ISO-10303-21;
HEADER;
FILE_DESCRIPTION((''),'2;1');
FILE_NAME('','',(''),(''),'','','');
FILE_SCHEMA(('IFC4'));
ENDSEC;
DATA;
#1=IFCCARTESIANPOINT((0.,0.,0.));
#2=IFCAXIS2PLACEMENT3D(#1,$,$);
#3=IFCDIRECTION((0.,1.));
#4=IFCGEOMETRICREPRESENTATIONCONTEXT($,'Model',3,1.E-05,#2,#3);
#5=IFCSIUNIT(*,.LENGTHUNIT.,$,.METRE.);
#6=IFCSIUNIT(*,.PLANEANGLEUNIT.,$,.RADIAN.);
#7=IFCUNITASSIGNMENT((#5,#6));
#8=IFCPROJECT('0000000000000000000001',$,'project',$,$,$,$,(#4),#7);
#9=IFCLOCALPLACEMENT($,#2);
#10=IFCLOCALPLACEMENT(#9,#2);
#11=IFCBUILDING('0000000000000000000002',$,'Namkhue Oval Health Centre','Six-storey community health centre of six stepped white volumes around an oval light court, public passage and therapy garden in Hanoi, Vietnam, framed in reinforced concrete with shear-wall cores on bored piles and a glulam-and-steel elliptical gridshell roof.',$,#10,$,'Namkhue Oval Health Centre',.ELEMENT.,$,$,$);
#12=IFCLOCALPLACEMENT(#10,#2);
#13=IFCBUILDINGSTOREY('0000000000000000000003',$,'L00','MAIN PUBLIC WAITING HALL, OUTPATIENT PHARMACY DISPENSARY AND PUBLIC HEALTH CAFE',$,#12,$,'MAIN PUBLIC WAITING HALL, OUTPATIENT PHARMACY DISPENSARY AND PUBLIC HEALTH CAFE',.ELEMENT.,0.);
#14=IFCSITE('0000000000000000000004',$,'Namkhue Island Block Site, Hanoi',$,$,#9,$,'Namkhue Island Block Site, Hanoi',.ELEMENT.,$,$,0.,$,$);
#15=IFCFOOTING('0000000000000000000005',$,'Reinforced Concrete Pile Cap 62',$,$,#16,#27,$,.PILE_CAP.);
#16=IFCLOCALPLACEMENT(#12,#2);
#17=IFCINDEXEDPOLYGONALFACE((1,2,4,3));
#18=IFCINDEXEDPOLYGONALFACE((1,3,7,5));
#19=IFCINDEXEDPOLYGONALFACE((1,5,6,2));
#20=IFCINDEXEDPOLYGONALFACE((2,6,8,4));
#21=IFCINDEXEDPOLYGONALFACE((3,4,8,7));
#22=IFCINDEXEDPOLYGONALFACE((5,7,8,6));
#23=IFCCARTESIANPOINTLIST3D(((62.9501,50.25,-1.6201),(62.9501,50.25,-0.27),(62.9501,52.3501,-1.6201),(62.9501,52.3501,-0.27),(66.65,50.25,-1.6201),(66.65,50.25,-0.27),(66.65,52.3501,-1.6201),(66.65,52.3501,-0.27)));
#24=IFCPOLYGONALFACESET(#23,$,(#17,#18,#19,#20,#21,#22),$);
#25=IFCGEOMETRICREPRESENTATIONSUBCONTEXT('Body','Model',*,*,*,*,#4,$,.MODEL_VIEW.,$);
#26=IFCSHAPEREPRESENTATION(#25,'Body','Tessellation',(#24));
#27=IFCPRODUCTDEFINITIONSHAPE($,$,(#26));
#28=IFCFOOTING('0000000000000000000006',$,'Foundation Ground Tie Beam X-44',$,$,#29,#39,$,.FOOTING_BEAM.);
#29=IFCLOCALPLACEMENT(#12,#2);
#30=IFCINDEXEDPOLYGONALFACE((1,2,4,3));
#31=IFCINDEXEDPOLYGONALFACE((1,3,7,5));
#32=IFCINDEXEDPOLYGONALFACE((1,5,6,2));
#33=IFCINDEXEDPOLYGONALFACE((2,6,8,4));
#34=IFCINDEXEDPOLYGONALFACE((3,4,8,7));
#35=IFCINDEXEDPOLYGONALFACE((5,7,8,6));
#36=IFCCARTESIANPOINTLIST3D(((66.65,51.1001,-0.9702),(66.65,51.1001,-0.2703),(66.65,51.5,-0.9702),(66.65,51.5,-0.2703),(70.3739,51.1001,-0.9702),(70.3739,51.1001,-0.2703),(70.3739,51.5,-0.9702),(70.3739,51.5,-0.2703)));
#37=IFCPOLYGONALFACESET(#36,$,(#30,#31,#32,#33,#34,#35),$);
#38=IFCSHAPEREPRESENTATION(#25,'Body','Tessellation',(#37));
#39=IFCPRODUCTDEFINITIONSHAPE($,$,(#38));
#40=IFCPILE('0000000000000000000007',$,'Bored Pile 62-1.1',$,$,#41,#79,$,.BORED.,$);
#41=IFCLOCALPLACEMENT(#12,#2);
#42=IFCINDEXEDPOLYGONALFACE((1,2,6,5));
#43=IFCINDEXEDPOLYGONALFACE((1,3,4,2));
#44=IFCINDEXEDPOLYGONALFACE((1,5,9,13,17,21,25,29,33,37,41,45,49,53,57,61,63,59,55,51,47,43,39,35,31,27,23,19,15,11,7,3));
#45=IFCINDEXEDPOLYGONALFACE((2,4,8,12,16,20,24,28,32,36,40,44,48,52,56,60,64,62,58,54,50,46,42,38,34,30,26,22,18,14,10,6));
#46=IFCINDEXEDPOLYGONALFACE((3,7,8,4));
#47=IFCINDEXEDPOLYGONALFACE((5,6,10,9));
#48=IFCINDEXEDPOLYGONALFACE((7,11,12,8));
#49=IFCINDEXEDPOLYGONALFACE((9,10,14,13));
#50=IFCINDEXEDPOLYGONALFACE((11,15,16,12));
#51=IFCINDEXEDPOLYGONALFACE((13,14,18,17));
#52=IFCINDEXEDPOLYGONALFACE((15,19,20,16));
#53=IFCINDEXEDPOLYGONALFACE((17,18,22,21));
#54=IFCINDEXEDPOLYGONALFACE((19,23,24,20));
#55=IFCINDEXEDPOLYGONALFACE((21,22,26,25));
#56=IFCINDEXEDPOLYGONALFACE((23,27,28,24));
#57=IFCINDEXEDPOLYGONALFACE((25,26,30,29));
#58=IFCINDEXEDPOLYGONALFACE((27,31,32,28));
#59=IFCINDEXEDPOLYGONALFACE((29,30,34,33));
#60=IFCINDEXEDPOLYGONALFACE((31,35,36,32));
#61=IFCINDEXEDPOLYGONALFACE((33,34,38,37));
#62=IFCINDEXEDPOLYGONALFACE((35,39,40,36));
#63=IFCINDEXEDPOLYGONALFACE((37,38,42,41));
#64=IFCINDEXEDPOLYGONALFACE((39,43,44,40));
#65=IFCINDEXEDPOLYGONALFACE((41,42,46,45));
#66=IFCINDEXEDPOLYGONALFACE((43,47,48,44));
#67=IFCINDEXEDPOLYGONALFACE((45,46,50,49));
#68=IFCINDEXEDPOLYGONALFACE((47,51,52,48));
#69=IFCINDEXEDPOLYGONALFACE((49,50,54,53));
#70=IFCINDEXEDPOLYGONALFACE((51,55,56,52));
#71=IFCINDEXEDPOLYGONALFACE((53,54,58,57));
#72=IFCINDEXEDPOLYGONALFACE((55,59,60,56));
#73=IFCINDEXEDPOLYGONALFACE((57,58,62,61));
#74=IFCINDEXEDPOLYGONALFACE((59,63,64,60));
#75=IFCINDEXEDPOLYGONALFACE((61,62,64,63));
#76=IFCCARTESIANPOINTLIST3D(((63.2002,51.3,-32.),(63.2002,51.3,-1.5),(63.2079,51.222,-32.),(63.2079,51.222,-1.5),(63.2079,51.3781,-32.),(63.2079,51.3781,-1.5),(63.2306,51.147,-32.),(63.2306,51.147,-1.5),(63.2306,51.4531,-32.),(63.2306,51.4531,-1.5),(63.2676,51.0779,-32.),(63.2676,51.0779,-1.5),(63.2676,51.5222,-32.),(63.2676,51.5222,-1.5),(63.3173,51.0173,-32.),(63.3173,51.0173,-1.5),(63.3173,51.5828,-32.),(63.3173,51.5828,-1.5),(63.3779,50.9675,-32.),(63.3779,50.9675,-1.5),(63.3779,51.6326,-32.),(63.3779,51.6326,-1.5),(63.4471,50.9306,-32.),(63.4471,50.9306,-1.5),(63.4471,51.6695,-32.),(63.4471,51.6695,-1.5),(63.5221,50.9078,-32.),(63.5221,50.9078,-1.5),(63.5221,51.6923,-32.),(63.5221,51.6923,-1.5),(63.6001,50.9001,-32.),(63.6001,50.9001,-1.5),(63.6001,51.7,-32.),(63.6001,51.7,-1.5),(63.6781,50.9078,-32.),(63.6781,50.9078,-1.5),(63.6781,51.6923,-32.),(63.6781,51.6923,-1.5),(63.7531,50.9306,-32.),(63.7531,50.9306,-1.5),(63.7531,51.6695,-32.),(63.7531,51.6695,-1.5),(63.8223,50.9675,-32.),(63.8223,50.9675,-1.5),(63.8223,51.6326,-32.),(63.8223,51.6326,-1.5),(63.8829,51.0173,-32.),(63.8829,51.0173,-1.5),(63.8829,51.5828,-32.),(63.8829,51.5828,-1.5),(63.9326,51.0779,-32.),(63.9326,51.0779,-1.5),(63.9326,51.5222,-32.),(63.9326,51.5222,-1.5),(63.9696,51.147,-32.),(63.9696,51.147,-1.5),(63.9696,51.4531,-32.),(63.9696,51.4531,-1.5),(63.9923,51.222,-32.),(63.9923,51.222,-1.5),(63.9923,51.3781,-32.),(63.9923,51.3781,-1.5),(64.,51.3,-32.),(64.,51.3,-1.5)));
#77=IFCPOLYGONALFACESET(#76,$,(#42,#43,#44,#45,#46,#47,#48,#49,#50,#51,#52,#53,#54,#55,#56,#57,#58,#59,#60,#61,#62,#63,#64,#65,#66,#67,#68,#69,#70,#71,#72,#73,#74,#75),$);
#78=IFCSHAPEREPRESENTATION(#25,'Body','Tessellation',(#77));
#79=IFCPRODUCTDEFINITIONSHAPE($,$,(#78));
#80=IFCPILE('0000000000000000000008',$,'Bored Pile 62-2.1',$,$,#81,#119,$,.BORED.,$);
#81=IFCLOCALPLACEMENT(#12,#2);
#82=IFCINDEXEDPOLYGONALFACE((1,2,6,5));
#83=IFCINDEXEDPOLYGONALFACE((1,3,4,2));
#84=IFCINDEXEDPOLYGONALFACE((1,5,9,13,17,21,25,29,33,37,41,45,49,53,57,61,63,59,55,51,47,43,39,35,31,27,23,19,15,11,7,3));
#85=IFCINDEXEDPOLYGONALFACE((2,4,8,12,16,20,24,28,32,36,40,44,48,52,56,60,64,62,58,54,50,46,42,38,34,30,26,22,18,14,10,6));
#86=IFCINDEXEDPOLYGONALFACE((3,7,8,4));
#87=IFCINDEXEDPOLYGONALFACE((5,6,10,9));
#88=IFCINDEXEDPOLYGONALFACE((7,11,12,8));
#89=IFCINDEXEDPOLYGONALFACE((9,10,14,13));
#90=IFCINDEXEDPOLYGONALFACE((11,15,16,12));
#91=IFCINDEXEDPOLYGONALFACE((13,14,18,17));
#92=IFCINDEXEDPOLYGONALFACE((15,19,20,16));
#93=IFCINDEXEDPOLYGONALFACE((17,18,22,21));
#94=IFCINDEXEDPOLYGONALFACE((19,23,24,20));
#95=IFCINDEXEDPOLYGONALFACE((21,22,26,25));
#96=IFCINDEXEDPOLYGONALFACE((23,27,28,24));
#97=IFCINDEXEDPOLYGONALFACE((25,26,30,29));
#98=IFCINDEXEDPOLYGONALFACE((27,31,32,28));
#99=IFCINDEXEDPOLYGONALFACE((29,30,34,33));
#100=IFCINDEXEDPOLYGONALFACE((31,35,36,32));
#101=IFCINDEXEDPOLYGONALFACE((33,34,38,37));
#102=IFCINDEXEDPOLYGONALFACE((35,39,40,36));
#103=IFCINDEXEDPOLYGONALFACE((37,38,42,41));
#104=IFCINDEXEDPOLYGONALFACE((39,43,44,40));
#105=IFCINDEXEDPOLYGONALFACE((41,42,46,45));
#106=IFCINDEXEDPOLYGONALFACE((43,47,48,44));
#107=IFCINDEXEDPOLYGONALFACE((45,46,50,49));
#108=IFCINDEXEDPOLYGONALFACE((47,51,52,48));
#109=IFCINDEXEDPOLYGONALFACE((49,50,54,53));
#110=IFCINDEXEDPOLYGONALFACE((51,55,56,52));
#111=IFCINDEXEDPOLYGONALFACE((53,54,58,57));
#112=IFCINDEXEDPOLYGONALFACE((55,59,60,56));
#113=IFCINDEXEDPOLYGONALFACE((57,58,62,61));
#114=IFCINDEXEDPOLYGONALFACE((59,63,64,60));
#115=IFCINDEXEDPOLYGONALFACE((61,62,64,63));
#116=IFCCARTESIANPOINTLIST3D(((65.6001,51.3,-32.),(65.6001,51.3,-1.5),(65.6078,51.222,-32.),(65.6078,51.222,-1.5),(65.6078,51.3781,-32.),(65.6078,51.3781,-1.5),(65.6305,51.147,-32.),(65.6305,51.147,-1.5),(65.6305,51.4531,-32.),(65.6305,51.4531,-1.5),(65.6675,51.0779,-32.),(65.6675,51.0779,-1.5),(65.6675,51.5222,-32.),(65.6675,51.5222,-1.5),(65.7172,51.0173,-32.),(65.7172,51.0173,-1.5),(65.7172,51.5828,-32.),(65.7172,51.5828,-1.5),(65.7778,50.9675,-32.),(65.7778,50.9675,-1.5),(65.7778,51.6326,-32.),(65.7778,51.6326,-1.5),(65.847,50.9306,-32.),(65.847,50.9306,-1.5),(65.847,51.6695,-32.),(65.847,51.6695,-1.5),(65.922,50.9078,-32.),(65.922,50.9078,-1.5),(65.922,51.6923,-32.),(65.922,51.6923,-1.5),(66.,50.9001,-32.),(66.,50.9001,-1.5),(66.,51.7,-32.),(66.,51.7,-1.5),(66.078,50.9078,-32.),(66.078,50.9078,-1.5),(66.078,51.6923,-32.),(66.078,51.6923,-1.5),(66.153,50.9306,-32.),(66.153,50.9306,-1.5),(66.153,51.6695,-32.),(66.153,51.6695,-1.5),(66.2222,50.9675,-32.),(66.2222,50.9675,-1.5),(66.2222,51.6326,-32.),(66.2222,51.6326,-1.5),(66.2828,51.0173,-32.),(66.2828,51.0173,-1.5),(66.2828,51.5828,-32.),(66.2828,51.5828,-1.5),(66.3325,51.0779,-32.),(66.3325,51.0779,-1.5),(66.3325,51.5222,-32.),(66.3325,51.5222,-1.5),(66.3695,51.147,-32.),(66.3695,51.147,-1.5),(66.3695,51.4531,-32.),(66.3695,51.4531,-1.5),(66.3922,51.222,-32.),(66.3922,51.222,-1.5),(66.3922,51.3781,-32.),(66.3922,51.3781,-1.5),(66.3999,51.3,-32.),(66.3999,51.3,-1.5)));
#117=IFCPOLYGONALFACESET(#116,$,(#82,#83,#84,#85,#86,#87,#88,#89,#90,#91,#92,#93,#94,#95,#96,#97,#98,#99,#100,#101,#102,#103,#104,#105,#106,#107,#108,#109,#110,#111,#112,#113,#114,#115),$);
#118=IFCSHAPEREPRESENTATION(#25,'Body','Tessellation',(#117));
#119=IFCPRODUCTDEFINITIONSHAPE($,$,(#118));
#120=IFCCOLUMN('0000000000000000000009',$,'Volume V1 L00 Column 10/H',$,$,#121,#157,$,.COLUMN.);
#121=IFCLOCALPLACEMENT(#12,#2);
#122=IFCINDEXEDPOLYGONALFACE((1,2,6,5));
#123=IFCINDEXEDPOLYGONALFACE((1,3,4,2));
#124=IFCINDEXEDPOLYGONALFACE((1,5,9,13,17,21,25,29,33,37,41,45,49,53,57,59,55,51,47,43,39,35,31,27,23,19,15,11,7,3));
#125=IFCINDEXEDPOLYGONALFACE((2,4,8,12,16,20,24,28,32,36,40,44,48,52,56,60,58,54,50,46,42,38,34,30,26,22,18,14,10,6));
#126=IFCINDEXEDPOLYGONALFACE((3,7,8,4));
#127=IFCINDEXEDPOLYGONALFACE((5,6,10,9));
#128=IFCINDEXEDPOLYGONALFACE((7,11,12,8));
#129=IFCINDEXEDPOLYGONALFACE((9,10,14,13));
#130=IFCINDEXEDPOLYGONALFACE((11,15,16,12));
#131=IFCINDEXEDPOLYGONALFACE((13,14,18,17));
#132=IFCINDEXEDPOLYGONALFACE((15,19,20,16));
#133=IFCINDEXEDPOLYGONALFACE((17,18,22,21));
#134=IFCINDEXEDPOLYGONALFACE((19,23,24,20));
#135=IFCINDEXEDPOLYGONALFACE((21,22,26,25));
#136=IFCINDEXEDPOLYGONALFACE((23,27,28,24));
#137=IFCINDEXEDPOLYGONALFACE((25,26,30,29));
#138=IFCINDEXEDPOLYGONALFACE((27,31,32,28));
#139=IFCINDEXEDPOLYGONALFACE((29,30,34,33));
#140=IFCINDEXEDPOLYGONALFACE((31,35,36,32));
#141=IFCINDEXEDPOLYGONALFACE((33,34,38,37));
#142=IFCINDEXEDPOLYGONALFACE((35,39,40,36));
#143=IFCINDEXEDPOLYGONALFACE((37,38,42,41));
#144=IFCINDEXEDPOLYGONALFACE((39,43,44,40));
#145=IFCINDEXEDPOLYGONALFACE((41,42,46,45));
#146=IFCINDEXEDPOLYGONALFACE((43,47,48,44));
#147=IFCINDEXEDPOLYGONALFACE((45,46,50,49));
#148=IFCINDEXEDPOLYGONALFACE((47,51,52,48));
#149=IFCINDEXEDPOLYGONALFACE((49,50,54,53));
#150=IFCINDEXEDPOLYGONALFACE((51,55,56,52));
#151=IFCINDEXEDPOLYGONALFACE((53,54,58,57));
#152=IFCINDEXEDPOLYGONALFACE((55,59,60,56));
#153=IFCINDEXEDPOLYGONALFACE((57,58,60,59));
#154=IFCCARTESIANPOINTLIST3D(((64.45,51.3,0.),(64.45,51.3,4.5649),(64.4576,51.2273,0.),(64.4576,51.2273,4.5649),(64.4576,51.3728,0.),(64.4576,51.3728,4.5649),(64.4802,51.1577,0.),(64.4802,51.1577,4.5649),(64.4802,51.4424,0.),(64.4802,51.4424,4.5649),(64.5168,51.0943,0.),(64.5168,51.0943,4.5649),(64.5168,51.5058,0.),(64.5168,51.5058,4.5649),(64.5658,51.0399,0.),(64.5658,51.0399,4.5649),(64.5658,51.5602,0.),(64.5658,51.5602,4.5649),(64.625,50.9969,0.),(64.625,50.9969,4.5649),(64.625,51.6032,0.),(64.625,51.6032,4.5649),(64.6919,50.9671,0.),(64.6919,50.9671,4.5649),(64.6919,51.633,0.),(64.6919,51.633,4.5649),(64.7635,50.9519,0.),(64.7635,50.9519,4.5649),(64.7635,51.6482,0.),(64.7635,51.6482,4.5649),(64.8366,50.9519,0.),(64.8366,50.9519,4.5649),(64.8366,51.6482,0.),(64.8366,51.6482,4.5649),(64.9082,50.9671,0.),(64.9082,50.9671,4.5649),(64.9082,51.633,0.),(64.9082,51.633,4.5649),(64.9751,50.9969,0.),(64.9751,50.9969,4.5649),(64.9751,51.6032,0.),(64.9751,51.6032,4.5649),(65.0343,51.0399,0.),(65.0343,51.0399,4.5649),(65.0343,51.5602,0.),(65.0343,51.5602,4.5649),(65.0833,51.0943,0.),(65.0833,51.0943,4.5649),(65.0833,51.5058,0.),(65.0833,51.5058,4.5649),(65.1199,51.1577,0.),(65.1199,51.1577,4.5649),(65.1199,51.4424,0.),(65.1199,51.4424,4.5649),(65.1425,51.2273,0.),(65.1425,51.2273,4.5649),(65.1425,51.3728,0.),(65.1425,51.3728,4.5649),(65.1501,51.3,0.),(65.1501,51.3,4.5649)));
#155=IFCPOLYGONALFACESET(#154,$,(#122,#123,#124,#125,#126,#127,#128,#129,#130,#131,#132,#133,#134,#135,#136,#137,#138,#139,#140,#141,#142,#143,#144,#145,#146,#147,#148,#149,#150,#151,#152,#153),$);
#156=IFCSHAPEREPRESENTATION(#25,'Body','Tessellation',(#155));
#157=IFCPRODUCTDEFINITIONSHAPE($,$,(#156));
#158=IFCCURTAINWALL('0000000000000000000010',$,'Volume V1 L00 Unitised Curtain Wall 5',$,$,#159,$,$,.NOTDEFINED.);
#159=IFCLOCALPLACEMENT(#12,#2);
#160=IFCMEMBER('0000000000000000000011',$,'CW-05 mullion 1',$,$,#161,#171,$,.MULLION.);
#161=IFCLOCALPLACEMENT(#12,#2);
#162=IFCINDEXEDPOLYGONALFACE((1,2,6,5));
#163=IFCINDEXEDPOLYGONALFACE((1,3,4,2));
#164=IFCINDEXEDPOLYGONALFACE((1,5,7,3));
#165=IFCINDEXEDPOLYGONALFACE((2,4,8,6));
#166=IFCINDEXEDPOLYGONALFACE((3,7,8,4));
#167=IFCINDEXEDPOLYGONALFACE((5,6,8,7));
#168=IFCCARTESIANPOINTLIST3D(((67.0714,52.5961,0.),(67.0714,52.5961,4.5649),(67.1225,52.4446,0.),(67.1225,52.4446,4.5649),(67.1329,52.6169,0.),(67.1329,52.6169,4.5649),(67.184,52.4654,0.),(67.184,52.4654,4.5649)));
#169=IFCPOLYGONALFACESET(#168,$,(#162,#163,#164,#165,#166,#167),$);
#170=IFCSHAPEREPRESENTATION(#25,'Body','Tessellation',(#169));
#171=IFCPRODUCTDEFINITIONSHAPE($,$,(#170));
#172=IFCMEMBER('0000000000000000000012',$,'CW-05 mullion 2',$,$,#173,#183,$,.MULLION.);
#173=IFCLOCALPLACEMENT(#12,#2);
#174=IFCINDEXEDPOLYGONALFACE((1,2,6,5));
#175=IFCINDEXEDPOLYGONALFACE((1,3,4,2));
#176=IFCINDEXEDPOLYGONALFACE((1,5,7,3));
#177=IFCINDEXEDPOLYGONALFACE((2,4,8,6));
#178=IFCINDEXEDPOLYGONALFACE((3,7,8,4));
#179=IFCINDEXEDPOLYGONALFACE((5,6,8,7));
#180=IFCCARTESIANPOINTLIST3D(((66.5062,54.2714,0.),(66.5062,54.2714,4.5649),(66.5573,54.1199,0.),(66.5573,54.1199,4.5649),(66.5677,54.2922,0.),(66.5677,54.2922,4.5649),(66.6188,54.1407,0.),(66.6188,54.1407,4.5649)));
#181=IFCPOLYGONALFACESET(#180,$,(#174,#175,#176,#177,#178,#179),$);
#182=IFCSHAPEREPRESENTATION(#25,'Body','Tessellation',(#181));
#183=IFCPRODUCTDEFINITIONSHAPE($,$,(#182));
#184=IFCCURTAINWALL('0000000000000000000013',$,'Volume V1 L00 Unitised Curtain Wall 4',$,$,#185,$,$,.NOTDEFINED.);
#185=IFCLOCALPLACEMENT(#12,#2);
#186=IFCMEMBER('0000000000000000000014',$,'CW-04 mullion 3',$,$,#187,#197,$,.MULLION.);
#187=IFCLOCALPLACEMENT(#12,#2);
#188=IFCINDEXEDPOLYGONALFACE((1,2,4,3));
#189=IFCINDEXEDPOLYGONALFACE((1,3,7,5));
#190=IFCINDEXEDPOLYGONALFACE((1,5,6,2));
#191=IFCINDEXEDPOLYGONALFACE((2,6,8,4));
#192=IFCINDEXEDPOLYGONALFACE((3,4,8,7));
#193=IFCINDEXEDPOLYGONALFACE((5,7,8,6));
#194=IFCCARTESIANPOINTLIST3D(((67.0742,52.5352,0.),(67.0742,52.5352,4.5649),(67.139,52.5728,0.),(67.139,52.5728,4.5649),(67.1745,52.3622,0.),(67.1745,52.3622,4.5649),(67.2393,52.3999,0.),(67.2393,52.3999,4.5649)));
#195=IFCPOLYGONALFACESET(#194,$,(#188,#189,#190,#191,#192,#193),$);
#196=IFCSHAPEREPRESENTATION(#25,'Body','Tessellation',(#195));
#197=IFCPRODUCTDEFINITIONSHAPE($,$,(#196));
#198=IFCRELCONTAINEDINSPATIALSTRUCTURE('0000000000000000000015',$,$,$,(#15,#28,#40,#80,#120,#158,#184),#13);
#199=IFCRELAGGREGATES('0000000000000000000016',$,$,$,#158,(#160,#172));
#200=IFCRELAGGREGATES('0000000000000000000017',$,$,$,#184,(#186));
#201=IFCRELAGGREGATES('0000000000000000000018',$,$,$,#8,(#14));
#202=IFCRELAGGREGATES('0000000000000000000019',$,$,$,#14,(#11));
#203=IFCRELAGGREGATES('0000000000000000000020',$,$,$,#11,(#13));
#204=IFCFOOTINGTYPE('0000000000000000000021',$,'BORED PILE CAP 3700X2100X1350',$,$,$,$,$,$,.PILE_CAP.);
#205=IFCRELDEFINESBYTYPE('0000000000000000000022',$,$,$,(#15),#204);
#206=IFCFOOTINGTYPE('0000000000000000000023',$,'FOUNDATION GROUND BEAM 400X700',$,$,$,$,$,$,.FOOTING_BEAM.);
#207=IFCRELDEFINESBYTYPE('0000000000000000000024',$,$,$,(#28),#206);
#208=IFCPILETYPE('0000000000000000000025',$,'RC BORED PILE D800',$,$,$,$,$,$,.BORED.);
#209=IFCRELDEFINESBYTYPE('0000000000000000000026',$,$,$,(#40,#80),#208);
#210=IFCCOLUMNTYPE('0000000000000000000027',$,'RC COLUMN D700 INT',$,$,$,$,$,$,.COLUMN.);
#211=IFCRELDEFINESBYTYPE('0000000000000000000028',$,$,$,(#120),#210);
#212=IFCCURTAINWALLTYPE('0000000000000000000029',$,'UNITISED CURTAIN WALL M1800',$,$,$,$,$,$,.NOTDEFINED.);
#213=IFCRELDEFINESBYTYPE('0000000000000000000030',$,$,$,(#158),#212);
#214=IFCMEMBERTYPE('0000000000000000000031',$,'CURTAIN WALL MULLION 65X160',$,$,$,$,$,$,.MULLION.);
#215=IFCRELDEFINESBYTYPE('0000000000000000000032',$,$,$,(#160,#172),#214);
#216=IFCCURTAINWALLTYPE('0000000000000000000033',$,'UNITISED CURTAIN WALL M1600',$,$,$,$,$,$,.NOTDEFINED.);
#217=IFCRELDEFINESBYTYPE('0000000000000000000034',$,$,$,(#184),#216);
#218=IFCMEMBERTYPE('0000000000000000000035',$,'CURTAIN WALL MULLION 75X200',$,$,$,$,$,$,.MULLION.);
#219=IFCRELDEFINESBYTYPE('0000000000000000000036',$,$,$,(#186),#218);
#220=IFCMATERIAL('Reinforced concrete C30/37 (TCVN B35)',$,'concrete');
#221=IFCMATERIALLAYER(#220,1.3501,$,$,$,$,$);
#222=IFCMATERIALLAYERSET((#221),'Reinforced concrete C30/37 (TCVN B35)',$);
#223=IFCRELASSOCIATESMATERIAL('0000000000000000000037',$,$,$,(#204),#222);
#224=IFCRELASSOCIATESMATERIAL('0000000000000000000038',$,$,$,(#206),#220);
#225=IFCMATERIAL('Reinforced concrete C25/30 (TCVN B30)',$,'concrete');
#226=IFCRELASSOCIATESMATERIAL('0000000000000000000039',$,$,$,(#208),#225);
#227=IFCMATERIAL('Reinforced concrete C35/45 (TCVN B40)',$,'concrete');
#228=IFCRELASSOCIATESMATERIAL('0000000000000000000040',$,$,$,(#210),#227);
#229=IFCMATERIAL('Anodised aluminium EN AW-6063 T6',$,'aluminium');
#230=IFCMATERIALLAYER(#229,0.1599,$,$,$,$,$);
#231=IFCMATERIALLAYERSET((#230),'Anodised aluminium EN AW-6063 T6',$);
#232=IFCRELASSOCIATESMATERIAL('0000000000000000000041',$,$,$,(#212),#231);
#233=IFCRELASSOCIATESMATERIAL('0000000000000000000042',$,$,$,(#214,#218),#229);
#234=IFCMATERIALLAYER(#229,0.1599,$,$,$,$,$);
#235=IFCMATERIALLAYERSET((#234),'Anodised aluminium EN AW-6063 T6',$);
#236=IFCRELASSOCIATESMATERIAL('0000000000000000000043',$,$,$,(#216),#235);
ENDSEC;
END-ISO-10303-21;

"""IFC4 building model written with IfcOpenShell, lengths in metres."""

from ifc_helpers import new_model, si_unit, direction, frame, origin, origin_2d, place, context, subcontext, project, spatial, rectangle, circle, extrude, material, layer, layer_set, material_profile, profile_set, type_object, element, aggregate, save


model = new_model("IFC4")

# Units and contexts
model_context = context("Model", 3, precision=1e-05, world=origin(), true_north=direction((0.0, 1.0)))
body_context = subcontext(model_context, "Body", "Model", "MODEL_VIEW")
ifc_project = project(units=[si_unit("LENGTHUNIT", "METRE"), si_unit("PLANEANGLEUNIT", "RADIAN")], contexts=[model_context])

# Site, building, storey
site_placement = place(None, origin())
site = spatial("IfcSite", under=ifc_project, at=site_placement, Name="Namkhue Island Block Site, Hanoi", LongName="Namkhue Island Block Site, Hanoi", CompositionType="ELEMENT", RefElevation=0.0)
building_placement = place(site_placement, origin())
building = spatial("IfcBuilding", under=site, at=building_placement, Name="Namkhue Oval Health Centre", Description="Six-storey community health centre of six stepped white volumes around an oval light court, public passage and therapy garden in Hanoi, Vietnam, framed in reinforced concrete with shear-wall cores on bored piles and a glulam-and-steel elliptical gridshell roof.", LongName="Namkhue Oval Health Centre", CompositionType="ELEMENT")
storey_placement = place(building_placement, origin())
storey = spatial("IfcBuildingStorey", under=building, at=storey_placement, Name="L00", Description="MAIN PUBLIC WAITING HALL, OUTPATIENT PHARMACY DISPENSARY AND PUBLIC HEALTH CAFE", LongName="MAIN PUBLIC WAITING HALL, OUTPATIENT PHARMACY DISPENSARY AND PUBLIC HEALTH CAFE", CompositionType="ELEMENT", Elevation=0.0)

# Footings
ifc_material_1 = material(Name="Reinforced concrete C30/37 (TCVN B35)", Category="concrete")
ifc_layer_1 = layer(ifc_material_1, 1.3501)
ifc_layer_set_1 = layer_set([ifc_layer_1], Name="Reinforced concrete C30/37 (TCVN B35)")
footing_type_1 = type_object("IfcFootingType", Name="BORED PILE CAP 3700X2100X1350", PredefinedType="PILE_CAP", material=ifc_layer_set_1)
footing_1_placement = place(storey_placement, frame((64.8, 51.3, -1.6201), z_axis=(0.0, 0.0, 1.0), x_axis=(1.0, 0.0, 0.0)))
element("IfcFooting", 1, at=footing_1_placement, inside=storey, type_object=footing_type_1, Name="Reinforced Concrete Pile Cap 62", PredefinedType="PILE_CAP", context=body_context, shape_type="SweptSolid", body=[
    extrude(rectangle(XDim=3.7, YDim=2.1001, at=origin_2d()), origin(), (0.0, 0.0, 1.0), 1.3501),
])
footing_type_2 = type_object("IfcFootingType", Name="FOUNDATION GROUND BEAM 400X700", PredefinedType="FOOTING_BEAM", material=ifc_material_1)
footing_2_placement = place(storey_placement, frame((68.512, 51.3, -0.9702), z_axis=(0.0, 0.0, 1.0), x_axis=(1.0, 0.0, 0.0)))
element("IfcFooting", 2, at=footing_2_placement, inside=storey, type_object=footing_type_2, Name="Foundation Ground Tie Beam X-44", PredefinedType="FOOTING_BEAM", context=body_context, shape_type="SweptSolid", body=[
    extrude(rectangle(XDim=3.7239, YDim=0.3999, at=origin_2d()), origin(), (0.0, 0.0, 1.0), 0.7),
])

# Piles
ifc_material_2 = material(Name="Reinforced concrete C25/30 (TCVN B30)", Category="concrete")
ifc_material_profile_1 = material_profile(ifc_material_2, circle(Radius=0.3999, at=origin_2d()), Name="BORED PILE D800")
ifc_profile_set_1 = profile_set([ifc_material_profile_1], Name="Reinforced concrete C25/30 (TCVN B30)")
pile_type = type_object("IfcPileType", Name="RC BORED PILE D800", PredefinedType="BORED", material=ifc_profile_set_1)
for number, where, z_axis, x_axis, name in (
    (3, (63.6001, 51.3, -1.5), (0.0, 0.0, -1.0), (1.0, 0.0, 0.0), "Bored Pile 62-1.1"),
    (4, (66.0, 51.3, -1.5), (0.0, 0.0, -1.0), (1.0, 0.0, 0.0), "Bored Pile 62-2.1"),
):
    element("IfcPile", number, at=place(storey_placement, frame(where, z_axis=z_axis, x_axis=x_axis)), inside=storey, type_object=pile_type, Name=name, PredefinedType="BORED", context=body_context, shape_type="SweptSolid", body=[
        extrude(circle(Radius=0.3999, at=origin_2d()), origin(), (0.0, 0.0, 1.0), 30.5),
    ])

# Column
ifc_material_3 = material(Name="Reinforced concrete C35/45 (TCVN B40)", Category="concrete")
ifc_material_profile_2 = material_profile(ifc_material_3, circle(Radius=0.3501, at=origin_2d()), Name="RC D700")
ifc_profile_set_2 = profile_set([ifc_material_profile_2], Name="Reinforced concrete C35/45 (TCVN B40)")
column_type = type_object("IfcColumnType", Name="RC COLUMN D700 INT", PredefinedType="COLUMN", material=ifc_profile_set_2)
column_placement = place(storey_placement, frame((64.8, 51.3, 0.0), z_axis=(0.0, 0.0, 1.0), x_axis=(1.0, 0.0, 0.0)))
element("IfcColumn", 5, at=column_placement, inside=storey, type_object=column_type, Name="Volume V1 L00 Column 10/H", PredefinedType="COLUMN", context=body_context, shape_type="SweptSolid", body=[
    extrude(circle(Radius=0.3501, at=origin_2d()), origin(), (0.0, 0.0, 1.0), 4.5649),
])

# Curtain wall, members
ifc_material_4 = material(Name="Anodised aluminium EN AW-6063 T6", Category="aluminium")
ifc_layer_2 = layer(ifc_material_4, 0.1599)
ifc_layer_set_2 = layer_set([ifc_layer_2], Name="Anodised aluminium EN AW-6063 T6")
curtain_wall_type_1 = type_object("IfcCurtainWallType", Name="UNITISED CURTAIN WALL M1800", PredefinedType="NOTDEFINED", material=ifc_layer_set_2)
curtain_wall_1_placement = place(storey_placement, origin())
curtain_wall_1 = element("IfcCurtainWall", 6, at=curtain_wall_1_placement, inside=storey, type_object=curtain_wall_type_1, Name="Volume V1 L00 Unitised Curtain Wall 5", PredefinedType="NOTDEFINED")
ifc_material_profile_3 = material_profile(ifc_material_4, rectangle(XDim=0.0649, YDim=0.1599, at=origin_2d()), Name="ALU 65x160")
ifc_profile_set_3 = profile_set([ifc_material_profile_3], Name="Anodised aluminium EN AW-6063 T6")
member_type_1 = type_object("IfcMemberType", Name="CURTAIN WALL MULLION 65X160", PredefinedType="MULLION", material=ifc_profile_set_3)
member_1_placement = place(storey_placement, frame((67.1277, 52.5308, 0.0), z_axis=(0.0, 0.0, 1.0), x_axis=(-0.947539, -0.319642, 0.0)))
member_1 = element("IfcMember", 7, at=member_1_placement, type_object=member_type_1, Name="CW-05 mullion 1", PredefinedType="MULLION", context=body_context, shape_type="SweptSolid", body=[
    extrude(rectangle(XDim=0.0649, YDim=0.1599, at=origin_2d()), origin(), (0.0, 0.0, 1.0), 4.5649),
])
member_2_placement = place(storey_placement, frame((66.5625, 54.2061, 0.0), z_axis=(0.0, 0.0, 1.0), x_axis=(-0.947539, -0.319642, 0.0)))
member_2 = element("IfcMember", 8, at=member_2_placement, type_object=member_type_1, Name="CW-05 mullion 2", PredefinedType="MULLION", context=body_context, shape_type="SweptSolid", body=[
    extrude(rectangle(XDim=0.0649, YDim=0.1599, at=origin_2d()), origin(), (0.0, 0.0, 1.0), 4.5649),
])

# Curtain wall, member
ifc_layer_3 = layer(ifc_material_4, 0.1599)
ifc_layer_set_3 = layer_set([ifc_layer_3], Name="Anodised aluminium EN AW-6063 T6")
curtain_wall_type_2 = type_object("IfcCurtainWallType", Name="UNITISED CURTAIN WALL M1600", PredefinedType="NOTDEFINED", material=ifc_layer_set_3)
curtain_wall_2_placement = place(storey_placement, origin())
curtain_wall_2 = element("IfcCurtainWall", 9, at=curtain_wall_2_placement, inside=storey, type_object=curtain_wall_type_2, Name="Volume V1 L00 Unitised Curtain Wall 4", PredefinedType="NOTDEFINED")
ifc_material_profile_4 = material_profile(ifc_material_4, rectangle(XDim=0.075, YDim=0.2, at=origin_2d()), Name="ALU 75x200")
ifc_profile_set_4 = profile_set([ifc_material_profile_4], Name="Anodised aluminium EN AW-6063 T6")
member_type_2 = type_object("IfcMemberType", Name="CURTAIN WALL MULLION 75X200", PredefinedType="MULLION", material=ifc_profile_set_4)
member_3_placement = place(storey_placement, frame((67.1567, 52.4675, 0.0), z_axis=(0.0, 0.0, 1.0), x_axis=(-0.865008, -0.501758, 0.0)))
member_3 = element("IfcMember", 10, at=member_3_placement, type_object=member_type_2, Name="CW-04 mullion 3", PredefinedType="MULLION", context=body_context, shape_type="SweptSolid", body=[
    extrude(rectangle(XDim=0.075, YDim=0.2, at=origin_2d()), origin(), (0.0, 0.0, 1.0), 4.5649),
])

aggregate(curtain_wall_1, [member_1, member_2])
aggregate(curtain_wall_2, [member_3])

save(model, "model.ifc")
